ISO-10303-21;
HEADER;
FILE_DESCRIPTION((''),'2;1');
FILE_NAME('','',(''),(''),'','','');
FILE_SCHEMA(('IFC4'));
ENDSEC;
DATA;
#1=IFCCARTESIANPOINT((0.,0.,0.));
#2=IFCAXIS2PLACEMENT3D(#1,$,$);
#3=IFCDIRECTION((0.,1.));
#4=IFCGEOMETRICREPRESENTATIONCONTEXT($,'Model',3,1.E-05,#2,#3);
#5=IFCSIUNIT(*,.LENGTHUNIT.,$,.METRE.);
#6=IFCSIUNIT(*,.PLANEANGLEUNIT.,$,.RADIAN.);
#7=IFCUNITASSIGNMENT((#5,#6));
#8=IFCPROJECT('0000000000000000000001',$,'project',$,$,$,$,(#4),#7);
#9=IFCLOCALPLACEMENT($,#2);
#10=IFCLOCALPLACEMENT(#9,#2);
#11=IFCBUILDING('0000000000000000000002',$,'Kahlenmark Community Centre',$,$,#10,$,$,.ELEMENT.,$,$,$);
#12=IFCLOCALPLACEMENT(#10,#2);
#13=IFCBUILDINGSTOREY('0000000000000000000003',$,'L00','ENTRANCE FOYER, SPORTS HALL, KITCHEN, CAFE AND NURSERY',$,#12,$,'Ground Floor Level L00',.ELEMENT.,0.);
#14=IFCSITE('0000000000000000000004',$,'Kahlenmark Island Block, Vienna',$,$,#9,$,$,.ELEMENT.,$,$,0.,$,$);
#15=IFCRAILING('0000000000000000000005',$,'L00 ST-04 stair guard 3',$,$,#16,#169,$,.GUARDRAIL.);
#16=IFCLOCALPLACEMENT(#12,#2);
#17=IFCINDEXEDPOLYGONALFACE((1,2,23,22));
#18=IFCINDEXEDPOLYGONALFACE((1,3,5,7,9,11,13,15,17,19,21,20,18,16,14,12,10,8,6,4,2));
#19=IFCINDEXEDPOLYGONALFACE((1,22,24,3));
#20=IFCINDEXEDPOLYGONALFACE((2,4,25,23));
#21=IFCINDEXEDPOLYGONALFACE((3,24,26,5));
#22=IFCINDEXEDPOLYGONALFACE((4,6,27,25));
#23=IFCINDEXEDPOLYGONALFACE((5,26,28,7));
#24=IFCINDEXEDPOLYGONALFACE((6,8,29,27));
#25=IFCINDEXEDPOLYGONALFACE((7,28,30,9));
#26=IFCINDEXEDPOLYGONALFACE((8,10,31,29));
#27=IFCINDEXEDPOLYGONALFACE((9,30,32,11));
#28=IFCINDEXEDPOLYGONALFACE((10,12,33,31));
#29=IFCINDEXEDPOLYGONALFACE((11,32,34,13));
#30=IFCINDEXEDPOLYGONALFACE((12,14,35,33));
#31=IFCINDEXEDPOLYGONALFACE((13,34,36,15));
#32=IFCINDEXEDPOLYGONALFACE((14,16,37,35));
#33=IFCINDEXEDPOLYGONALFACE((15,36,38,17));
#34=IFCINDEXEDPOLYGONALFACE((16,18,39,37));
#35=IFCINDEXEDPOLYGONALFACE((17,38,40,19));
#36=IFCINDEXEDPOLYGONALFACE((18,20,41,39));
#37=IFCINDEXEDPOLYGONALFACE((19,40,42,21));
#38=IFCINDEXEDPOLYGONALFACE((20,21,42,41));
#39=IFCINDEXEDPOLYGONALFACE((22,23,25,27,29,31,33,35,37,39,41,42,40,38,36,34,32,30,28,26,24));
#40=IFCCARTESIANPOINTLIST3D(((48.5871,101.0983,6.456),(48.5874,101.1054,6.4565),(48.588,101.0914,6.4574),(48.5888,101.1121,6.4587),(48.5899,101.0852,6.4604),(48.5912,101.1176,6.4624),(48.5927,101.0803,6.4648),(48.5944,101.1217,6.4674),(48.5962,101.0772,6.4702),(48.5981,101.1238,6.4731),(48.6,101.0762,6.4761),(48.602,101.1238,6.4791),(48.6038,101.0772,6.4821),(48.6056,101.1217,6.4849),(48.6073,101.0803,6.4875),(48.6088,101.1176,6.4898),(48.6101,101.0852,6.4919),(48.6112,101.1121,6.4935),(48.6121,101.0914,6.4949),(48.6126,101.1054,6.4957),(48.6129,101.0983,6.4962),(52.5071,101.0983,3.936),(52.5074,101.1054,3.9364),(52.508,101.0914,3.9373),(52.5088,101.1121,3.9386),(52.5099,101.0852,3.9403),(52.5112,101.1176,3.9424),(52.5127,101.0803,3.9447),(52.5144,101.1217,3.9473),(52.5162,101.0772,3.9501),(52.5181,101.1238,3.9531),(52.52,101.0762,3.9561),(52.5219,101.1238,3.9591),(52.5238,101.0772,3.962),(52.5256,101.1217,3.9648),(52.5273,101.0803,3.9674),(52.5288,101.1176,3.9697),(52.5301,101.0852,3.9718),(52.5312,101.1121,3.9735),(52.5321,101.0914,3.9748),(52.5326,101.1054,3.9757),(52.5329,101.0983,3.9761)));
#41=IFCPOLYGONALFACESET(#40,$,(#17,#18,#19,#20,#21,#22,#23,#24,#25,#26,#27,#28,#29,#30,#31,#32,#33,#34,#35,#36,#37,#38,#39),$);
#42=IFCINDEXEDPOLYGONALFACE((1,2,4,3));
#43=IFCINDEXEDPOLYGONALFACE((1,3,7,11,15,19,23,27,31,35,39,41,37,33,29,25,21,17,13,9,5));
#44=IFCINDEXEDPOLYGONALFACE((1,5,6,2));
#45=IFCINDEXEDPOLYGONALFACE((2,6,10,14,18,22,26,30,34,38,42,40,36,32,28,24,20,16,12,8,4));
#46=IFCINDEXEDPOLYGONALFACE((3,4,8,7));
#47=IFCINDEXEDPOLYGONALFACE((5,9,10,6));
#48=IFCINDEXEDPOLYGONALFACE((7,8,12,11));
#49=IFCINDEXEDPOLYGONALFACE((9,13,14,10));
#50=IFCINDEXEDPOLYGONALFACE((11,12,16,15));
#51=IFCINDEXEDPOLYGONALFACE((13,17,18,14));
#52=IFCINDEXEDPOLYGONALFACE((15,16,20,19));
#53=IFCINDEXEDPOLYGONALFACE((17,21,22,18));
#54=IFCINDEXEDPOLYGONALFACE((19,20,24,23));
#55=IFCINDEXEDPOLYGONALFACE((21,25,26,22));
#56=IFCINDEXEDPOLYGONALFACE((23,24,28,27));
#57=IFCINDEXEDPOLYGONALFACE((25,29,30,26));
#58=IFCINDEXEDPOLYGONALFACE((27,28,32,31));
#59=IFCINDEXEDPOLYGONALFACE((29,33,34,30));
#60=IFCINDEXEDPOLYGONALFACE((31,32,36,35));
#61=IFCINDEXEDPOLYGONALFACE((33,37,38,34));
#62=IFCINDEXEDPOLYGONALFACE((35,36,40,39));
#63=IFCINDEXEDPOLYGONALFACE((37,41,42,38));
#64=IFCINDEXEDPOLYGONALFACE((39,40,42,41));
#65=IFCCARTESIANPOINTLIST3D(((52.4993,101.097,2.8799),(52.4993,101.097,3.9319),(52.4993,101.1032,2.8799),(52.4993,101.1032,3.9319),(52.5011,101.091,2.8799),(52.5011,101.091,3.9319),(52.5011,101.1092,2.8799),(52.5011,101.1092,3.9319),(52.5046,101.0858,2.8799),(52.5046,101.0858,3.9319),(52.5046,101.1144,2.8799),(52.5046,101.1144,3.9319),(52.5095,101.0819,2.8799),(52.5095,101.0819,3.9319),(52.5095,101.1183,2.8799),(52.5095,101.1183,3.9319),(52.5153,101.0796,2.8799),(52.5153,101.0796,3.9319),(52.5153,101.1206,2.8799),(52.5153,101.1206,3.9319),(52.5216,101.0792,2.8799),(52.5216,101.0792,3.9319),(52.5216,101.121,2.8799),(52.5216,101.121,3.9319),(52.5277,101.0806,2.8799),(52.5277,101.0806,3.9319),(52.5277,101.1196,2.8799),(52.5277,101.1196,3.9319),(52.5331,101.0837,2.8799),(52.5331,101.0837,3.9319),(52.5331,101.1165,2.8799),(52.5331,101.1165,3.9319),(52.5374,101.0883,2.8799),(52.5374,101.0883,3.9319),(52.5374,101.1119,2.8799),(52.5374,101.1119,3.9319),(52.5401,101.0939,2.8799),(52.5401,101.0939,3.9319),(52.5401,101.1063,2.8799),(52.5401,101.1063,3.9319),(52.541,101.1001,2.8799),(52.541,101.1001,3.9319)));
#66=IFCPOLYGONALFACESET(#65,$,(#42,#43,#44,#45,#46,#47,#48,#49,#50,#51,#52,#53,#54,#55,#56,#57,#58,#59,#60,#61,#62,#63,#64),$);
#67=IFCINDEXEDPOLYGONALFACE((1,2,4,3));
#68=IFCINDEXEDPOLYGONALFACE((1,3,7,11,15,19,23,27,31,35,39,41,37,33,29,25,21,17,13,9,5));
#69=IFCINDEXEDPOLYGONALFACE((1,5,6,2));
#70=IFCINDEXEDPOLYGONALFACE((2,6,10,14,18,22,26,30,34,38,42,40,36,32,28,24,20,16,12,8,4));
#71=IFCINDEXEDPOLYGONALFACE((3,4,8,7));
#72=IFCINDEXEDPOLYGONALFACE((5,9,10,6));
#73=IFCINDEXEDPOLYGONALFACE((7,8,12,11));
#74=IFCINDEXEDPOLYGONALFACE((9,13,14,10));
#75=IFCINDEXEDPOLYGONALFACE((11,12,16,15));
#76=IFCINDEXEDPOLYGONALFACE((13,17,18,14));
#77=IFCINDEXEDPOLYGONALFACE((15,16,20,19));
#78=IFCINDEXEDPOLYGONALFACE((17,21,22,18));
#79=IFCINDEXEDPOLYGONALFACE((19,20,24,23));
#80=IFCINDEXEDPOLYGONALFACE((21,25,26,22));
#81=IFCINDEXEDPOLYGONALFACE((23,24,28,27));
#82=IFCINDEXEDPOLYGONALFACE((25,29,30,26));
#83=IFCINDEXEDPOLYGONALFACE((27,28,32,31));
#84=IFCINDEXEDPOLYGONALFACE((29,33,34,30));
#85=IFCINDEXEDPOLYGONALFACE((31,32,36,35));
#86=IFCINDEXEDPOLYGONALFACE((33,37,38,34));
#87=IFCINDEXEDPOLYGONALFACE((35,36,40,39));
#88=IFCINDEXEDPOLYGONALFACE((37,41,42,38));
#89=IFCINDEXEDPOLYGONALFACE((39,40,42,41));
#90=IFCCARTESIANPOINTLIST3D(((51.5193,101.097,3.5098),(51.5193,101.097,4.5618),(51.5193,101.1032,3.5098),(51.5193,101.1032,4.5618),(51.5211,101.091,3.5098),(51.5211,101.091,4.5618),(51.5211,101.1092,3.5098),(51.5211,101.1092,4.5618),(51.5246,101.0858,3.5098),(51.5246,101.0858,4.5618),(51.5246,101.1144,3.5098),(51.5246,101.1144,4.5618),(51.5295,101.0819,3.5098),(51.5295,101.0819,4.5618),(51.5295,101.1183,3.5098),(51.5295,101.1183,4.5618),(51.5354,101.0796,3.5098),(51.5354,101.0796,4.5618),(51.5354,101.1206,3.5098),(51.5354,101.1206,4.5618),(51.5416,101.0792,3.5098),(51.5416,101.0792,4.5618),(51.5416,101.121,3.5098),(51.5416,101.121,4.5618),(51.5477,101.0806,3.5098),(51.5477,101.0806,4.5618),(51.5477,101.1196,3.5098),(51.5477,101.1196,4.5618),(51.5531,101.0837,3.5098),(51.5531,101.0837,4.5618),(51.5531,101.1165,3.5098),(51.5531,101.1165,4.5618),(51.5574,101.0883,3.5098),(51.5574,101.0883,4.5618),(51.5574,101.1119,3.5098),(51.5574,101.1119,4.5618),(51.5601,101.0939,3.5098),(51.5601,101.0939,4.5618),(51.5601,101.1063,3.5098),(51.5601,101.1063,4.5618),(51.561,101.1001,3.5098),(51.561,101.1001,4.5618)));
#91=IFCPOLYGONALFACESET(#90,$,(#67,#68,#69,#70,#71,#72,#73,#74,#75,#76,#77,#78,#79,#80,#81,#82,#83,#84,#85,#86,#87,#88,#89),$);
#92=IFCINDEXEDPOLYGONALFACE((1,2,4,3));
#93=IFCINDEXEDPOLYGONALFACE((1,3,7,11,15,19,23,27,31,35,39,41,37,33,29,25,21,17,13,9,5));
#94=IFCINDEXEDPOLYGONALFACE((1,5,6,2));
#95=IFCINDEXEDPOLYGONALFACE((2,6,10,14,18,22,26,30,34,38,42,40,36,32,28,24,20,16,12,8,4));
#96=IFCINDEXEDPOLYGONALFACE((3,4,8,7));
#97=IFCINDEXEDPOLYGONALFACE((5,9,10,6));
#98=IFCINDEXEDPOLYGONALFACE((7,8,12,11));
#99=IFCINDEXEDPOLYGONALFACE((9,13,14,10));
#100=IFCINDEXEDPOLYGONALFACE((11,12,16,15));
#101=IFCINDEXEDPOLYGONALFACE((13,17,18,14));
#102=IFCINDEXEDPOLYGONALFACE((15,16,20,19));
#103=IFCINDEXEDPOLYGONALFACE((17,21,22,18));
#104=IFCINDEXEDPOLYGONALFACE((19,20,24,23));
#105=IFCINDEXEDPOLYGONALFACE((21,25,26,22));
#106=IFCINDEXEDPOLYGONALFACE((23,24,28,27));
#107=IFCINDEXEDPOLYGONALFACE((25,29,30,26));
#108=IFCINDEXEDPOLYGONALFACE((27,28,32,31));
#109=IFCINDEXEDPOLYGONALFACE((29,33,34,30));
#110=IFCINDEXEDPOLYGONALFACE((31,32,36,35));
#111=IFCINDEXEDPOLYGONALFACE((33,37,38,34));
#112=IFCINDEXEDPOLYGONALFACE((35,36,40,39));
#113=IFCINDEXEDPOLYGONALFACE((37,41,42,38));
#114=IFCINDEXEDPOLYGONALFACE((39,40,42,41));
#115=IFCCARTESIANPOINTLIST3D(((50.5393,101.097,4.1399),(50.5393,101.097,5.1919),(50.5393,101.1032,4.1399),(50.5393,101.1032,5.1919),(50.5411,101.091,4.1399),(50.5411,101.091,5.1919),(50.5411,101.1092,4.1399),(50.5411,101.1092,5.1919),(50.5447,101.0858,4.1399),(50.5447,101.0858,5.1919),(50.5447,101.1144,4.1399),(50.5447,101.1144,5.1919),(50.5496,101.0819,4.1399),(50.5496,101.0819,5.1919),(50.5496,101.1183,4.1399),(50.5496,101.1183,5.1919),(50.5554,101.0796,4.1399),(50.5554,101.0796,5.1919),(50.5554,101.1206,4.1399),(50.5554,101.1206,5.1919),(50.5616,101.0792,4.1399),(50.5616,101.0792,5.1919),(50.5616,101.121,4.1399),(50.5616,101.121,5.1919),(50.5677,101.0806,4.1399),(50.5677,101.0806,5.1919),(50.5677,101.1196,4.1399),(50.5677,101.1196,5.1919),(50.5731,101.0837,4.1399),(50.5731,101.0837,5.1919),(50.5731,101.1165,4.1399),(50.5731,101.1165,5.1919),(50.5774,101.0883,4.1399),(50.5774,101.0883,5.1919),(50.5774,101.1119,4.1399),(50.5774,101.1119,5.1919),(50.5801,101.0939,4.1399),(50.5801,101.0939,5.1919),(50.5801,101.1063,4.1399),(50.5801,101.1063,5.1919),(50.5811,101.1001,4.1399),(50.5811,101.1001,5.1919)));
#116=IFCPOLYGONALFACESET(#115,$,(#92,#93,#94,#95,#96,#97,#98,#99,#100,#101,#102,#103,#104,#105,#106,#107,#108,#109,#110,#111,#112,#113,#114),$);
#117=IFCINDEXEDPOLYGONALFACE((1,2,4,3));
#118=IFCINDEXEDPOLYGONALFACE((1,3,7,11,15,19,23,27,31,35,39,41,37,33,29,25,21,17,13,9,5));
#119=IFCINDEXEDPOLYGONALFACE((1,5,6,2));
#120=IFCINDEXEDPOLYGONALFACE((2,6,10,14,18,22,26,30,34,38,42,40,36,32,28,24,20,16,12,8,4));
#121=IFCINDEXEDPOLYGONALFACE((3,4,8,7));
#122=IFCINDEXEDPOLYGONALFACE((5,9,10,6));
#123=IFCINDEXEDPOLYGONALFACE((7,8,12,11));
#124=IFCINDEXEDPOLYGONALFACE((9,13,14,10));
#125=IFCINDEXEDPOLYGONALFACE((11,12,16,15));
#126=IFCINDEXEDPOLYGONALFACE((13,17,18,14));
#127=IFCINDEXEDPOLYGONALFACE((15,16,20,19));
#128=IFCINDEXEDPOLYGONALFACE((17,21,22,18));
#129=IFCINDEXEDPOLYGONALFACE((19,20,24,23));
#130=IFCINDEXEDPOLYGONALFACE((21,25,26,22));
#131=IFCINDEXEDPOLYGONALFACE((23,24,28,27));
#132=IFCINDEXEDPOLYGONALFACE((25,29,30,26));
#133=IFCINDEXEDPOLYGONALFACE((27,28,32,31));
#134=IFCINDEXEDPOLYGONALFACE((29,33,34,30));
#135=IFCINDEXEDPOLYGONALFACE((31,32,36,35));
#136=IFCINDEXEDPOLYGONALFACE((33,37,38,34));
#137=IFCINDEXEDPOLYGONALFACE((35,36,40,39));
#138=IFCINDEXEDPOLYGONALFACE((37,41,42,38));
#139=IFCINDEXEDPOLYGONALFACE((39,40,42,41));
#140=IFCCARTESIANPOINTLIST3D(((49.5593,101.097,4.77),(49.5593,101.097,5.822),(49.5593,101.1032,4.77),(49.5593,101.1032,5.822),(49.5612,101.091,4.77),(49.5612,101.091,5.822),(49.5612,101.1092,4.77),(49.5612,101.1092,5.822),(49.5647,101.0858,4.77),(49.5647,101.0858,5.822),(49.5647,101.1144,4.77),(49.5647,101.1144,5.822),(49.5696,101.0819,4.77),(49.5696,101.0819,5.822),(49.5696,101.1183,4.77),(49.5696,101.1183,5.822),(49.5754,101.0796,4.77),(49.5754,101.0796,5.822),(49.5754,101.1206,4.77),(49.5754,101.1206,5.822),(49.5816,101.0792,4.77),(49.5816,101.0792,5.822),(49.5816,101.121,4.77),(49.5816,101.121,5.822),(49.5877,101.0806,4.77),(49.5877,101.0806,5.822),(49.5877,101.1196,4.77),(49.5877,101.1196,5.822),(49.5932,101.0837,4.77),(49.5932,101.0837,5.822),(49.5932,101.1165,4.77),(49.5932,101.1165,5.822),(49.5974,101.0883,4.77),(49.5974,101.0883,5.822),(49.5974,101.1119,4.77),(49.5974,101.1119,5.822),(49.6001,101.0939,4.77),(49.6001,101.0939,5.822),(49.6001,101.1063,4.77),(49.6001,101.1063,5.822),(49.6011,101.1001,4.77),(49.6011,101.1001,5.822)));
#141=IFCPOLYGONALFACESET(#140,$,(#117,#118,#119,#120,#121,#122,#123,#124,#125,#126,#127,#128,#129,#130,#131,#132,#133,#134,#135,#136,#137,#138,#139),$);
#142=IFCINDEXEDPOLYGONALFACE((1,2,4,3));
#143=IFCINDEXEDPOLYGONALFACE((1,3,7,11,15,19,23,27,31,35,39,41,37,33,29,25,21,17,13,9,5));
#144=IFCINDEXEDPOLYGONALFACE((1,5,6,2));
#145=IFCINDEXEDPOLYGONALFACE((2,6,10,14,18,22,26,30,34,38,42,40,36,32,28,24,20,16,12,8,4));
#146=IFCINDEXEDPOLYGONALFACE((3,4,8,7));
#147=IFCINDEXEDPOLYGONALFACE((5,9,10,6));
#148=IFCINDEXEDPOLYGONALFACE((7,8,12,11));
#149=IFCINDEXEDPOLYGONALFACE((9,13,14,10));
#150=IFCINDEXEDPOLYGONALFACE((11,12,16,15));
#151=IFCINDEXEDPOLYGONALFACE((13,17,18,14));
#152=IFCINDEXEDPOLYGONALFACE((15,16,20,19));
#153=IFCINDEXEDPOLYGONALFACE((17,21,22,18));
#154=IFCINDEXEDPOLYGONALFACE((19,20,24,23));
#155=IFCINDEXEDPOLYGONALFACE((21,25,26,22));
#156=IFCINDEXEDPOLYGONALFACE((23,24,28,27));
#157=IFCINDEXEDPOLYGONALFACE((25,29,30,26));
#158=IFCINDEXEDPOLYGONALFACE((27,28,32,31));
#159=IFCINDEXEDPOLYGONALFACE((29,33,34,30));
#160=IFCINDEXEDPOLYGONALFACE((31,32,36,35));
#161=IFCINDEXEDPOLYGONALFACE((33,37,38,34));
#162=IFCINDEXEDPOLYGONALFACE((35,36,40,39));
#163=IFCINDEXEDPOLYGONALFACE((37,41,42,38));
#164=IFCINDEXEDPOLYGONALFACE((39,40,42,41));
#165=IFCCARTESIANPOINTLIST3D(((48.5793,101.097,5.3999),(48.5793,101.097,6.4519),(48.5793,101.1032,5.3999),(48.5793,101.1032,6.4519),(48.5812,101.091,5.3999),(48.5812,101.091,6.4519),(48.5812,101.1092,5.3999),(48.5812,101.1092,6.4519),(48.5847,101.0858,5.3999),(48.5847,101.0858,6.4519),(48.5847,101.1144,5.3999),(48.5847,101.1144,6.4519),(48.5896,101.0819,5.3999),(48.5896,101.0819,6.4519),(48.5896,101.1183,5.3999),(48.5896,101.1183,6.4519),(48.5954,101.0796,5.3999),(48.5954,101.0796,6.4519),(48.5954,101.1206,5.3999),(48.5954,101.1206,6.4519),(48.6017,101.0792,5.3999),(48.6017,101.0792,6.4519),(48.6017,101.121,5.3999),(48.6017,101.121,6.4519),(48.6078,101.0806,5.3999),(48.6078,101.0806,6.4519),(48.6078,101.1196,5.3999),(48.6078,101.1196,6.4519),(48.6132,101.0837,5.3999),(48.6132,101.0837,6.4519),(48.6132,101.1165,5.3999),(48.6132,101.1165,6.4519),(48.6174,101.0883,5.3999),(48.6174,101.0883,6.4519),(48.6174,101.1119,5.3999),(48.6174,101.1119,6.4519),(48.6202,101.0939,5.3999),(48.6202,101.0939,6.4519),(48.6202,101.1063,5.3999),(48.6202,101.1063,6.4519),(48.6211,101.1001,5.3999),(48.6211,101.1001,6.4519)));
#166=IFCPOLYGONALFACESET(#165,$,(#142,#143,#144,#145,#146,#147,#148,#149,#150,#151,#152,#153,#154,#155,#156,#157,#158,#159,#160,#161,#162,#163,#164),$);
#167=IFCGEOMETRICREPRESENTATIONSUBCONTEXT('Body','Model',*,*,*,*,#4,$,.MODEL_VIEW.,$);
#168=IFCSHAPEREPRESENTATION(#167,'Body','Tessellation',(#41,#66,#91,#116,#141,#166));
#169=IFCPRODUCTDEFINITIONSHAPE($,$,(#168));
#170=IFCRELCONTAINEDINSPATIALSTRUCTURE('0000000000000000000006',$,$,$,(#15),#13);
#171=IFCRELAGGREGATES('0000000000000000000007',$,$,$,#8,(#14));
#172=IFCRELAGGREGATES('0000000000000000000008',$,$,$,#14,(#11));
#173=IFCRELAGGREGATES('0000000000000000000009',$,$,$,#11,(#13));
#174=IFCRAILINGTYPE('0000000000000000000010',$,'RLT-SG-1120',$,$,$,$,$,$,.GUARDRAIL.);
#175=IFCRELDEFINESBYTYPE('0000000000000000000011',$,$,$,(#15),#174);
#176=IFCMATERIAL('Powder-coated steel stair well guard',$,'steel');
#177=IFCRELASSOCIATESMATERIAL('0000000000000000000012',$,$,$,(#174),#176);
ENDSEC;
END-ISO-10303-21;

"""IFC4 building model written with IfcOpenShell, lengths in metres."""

from ifc_helpers import new_model, si_unit, direction, frame, origin, origin_2d, place, context, subcontext, project, spatial, circle, extrude, material, type_object, element, save


model = new_model("IFC4")

# Units and contexts
model_context = context("Model", 3, precision=1e-05, world=origin(), true_north=direction((0.0, 1.0)))
body_context = subcontext(model_context, "Body", "Model", "MODEL_VIEW")
ifc_project = project(units=[si_unit("LENGTHUNIT", "METRE"), si_unit("PLANEANGLEUNIT", "RADIAN")], contexts=[model_context])

# Site, building, storey
site_placement = place(None, origin())
site = spatial("IfcSite", under=ifc_project, at=site_placement, Name="Kahlenmark Island Block, Vienna", CompositionType="ELEMENT", RefElevation=0.0)
building_placement = place(site_placement, origin())
building = spatial("IfcBuilding", under=site, at=building_placement, Name="Kahlenmark Community Centre", CompositionType="ELEMENT")
storey_placement = place(building_placement, origin())
storey = spatial("IfcBuildingStorey", under=building, at=storey_placement, Name="L00", Description="ENTRANCE FOYER, SPORTS HALL, KITCHEN, CAFE AND NURSERY", LongName="Ground Floor Level L00", CompositionType="ELEMENT", Elevation=0.0)

# Railing
ifc_material_1 = material(Name="Powder-coated steel stair well guard", Category="steel")
railing_type_1 = type_object("IfcRailingType", Name="RLT-SG-1120", PredefinedType="GUARDRAIL", material=ifc_material_1)
railing_1_placement = place(storey_placement, frame((52.52, 101.1001, 2.8799)))
element("IfcRailing", 1, at=railing_1_placement, inside=storey, type_object=railing_type_1, Name="L00 ST-04 stair guard 3", PredefinedType="GUARDRAIL", context=body_context, shape_type="SweptSolid", body=[
    extrude(circle(Radius=0.0239, at=origin_2d()), frame((0.0, 0.0, 1.0762), z_axis=(-0.841172, 0.0, 0.540768), x_axis=(0.0, -1.0, 0.0)), (0.0, 0.0, 1.0), 4.6602),
    extrude(circle(Radius=0.021, at=origin_2d()), origin(), (0.0, 0.0, 1.0), 1.052),
    extrude(circle(Radius=0.021, at=origin_2d()), frame((-0.98, 0.0, 0.6299)), (0.0, 0.0, 1.0), 1.052),
    extrude(circle(Radius=0.021, at=origin_2d()), frame((-1.96, 0.0, 1.26)), (0.0, 0.0, 1.0), 1.052),
    extrude(circle(Radius=0.021, at=origin_2d()), frame((-2.9399, 0.0, 1.8901)), (0.0, 0.0, 1.0), 1.052),
    extrude(circle(Radius=0.021, at=origin_2d()), frame((-3.9199, 0.0, 2.52)), (0.0, 0.0, 1.0), 1.052),
])

save(model, "model.ifc")
